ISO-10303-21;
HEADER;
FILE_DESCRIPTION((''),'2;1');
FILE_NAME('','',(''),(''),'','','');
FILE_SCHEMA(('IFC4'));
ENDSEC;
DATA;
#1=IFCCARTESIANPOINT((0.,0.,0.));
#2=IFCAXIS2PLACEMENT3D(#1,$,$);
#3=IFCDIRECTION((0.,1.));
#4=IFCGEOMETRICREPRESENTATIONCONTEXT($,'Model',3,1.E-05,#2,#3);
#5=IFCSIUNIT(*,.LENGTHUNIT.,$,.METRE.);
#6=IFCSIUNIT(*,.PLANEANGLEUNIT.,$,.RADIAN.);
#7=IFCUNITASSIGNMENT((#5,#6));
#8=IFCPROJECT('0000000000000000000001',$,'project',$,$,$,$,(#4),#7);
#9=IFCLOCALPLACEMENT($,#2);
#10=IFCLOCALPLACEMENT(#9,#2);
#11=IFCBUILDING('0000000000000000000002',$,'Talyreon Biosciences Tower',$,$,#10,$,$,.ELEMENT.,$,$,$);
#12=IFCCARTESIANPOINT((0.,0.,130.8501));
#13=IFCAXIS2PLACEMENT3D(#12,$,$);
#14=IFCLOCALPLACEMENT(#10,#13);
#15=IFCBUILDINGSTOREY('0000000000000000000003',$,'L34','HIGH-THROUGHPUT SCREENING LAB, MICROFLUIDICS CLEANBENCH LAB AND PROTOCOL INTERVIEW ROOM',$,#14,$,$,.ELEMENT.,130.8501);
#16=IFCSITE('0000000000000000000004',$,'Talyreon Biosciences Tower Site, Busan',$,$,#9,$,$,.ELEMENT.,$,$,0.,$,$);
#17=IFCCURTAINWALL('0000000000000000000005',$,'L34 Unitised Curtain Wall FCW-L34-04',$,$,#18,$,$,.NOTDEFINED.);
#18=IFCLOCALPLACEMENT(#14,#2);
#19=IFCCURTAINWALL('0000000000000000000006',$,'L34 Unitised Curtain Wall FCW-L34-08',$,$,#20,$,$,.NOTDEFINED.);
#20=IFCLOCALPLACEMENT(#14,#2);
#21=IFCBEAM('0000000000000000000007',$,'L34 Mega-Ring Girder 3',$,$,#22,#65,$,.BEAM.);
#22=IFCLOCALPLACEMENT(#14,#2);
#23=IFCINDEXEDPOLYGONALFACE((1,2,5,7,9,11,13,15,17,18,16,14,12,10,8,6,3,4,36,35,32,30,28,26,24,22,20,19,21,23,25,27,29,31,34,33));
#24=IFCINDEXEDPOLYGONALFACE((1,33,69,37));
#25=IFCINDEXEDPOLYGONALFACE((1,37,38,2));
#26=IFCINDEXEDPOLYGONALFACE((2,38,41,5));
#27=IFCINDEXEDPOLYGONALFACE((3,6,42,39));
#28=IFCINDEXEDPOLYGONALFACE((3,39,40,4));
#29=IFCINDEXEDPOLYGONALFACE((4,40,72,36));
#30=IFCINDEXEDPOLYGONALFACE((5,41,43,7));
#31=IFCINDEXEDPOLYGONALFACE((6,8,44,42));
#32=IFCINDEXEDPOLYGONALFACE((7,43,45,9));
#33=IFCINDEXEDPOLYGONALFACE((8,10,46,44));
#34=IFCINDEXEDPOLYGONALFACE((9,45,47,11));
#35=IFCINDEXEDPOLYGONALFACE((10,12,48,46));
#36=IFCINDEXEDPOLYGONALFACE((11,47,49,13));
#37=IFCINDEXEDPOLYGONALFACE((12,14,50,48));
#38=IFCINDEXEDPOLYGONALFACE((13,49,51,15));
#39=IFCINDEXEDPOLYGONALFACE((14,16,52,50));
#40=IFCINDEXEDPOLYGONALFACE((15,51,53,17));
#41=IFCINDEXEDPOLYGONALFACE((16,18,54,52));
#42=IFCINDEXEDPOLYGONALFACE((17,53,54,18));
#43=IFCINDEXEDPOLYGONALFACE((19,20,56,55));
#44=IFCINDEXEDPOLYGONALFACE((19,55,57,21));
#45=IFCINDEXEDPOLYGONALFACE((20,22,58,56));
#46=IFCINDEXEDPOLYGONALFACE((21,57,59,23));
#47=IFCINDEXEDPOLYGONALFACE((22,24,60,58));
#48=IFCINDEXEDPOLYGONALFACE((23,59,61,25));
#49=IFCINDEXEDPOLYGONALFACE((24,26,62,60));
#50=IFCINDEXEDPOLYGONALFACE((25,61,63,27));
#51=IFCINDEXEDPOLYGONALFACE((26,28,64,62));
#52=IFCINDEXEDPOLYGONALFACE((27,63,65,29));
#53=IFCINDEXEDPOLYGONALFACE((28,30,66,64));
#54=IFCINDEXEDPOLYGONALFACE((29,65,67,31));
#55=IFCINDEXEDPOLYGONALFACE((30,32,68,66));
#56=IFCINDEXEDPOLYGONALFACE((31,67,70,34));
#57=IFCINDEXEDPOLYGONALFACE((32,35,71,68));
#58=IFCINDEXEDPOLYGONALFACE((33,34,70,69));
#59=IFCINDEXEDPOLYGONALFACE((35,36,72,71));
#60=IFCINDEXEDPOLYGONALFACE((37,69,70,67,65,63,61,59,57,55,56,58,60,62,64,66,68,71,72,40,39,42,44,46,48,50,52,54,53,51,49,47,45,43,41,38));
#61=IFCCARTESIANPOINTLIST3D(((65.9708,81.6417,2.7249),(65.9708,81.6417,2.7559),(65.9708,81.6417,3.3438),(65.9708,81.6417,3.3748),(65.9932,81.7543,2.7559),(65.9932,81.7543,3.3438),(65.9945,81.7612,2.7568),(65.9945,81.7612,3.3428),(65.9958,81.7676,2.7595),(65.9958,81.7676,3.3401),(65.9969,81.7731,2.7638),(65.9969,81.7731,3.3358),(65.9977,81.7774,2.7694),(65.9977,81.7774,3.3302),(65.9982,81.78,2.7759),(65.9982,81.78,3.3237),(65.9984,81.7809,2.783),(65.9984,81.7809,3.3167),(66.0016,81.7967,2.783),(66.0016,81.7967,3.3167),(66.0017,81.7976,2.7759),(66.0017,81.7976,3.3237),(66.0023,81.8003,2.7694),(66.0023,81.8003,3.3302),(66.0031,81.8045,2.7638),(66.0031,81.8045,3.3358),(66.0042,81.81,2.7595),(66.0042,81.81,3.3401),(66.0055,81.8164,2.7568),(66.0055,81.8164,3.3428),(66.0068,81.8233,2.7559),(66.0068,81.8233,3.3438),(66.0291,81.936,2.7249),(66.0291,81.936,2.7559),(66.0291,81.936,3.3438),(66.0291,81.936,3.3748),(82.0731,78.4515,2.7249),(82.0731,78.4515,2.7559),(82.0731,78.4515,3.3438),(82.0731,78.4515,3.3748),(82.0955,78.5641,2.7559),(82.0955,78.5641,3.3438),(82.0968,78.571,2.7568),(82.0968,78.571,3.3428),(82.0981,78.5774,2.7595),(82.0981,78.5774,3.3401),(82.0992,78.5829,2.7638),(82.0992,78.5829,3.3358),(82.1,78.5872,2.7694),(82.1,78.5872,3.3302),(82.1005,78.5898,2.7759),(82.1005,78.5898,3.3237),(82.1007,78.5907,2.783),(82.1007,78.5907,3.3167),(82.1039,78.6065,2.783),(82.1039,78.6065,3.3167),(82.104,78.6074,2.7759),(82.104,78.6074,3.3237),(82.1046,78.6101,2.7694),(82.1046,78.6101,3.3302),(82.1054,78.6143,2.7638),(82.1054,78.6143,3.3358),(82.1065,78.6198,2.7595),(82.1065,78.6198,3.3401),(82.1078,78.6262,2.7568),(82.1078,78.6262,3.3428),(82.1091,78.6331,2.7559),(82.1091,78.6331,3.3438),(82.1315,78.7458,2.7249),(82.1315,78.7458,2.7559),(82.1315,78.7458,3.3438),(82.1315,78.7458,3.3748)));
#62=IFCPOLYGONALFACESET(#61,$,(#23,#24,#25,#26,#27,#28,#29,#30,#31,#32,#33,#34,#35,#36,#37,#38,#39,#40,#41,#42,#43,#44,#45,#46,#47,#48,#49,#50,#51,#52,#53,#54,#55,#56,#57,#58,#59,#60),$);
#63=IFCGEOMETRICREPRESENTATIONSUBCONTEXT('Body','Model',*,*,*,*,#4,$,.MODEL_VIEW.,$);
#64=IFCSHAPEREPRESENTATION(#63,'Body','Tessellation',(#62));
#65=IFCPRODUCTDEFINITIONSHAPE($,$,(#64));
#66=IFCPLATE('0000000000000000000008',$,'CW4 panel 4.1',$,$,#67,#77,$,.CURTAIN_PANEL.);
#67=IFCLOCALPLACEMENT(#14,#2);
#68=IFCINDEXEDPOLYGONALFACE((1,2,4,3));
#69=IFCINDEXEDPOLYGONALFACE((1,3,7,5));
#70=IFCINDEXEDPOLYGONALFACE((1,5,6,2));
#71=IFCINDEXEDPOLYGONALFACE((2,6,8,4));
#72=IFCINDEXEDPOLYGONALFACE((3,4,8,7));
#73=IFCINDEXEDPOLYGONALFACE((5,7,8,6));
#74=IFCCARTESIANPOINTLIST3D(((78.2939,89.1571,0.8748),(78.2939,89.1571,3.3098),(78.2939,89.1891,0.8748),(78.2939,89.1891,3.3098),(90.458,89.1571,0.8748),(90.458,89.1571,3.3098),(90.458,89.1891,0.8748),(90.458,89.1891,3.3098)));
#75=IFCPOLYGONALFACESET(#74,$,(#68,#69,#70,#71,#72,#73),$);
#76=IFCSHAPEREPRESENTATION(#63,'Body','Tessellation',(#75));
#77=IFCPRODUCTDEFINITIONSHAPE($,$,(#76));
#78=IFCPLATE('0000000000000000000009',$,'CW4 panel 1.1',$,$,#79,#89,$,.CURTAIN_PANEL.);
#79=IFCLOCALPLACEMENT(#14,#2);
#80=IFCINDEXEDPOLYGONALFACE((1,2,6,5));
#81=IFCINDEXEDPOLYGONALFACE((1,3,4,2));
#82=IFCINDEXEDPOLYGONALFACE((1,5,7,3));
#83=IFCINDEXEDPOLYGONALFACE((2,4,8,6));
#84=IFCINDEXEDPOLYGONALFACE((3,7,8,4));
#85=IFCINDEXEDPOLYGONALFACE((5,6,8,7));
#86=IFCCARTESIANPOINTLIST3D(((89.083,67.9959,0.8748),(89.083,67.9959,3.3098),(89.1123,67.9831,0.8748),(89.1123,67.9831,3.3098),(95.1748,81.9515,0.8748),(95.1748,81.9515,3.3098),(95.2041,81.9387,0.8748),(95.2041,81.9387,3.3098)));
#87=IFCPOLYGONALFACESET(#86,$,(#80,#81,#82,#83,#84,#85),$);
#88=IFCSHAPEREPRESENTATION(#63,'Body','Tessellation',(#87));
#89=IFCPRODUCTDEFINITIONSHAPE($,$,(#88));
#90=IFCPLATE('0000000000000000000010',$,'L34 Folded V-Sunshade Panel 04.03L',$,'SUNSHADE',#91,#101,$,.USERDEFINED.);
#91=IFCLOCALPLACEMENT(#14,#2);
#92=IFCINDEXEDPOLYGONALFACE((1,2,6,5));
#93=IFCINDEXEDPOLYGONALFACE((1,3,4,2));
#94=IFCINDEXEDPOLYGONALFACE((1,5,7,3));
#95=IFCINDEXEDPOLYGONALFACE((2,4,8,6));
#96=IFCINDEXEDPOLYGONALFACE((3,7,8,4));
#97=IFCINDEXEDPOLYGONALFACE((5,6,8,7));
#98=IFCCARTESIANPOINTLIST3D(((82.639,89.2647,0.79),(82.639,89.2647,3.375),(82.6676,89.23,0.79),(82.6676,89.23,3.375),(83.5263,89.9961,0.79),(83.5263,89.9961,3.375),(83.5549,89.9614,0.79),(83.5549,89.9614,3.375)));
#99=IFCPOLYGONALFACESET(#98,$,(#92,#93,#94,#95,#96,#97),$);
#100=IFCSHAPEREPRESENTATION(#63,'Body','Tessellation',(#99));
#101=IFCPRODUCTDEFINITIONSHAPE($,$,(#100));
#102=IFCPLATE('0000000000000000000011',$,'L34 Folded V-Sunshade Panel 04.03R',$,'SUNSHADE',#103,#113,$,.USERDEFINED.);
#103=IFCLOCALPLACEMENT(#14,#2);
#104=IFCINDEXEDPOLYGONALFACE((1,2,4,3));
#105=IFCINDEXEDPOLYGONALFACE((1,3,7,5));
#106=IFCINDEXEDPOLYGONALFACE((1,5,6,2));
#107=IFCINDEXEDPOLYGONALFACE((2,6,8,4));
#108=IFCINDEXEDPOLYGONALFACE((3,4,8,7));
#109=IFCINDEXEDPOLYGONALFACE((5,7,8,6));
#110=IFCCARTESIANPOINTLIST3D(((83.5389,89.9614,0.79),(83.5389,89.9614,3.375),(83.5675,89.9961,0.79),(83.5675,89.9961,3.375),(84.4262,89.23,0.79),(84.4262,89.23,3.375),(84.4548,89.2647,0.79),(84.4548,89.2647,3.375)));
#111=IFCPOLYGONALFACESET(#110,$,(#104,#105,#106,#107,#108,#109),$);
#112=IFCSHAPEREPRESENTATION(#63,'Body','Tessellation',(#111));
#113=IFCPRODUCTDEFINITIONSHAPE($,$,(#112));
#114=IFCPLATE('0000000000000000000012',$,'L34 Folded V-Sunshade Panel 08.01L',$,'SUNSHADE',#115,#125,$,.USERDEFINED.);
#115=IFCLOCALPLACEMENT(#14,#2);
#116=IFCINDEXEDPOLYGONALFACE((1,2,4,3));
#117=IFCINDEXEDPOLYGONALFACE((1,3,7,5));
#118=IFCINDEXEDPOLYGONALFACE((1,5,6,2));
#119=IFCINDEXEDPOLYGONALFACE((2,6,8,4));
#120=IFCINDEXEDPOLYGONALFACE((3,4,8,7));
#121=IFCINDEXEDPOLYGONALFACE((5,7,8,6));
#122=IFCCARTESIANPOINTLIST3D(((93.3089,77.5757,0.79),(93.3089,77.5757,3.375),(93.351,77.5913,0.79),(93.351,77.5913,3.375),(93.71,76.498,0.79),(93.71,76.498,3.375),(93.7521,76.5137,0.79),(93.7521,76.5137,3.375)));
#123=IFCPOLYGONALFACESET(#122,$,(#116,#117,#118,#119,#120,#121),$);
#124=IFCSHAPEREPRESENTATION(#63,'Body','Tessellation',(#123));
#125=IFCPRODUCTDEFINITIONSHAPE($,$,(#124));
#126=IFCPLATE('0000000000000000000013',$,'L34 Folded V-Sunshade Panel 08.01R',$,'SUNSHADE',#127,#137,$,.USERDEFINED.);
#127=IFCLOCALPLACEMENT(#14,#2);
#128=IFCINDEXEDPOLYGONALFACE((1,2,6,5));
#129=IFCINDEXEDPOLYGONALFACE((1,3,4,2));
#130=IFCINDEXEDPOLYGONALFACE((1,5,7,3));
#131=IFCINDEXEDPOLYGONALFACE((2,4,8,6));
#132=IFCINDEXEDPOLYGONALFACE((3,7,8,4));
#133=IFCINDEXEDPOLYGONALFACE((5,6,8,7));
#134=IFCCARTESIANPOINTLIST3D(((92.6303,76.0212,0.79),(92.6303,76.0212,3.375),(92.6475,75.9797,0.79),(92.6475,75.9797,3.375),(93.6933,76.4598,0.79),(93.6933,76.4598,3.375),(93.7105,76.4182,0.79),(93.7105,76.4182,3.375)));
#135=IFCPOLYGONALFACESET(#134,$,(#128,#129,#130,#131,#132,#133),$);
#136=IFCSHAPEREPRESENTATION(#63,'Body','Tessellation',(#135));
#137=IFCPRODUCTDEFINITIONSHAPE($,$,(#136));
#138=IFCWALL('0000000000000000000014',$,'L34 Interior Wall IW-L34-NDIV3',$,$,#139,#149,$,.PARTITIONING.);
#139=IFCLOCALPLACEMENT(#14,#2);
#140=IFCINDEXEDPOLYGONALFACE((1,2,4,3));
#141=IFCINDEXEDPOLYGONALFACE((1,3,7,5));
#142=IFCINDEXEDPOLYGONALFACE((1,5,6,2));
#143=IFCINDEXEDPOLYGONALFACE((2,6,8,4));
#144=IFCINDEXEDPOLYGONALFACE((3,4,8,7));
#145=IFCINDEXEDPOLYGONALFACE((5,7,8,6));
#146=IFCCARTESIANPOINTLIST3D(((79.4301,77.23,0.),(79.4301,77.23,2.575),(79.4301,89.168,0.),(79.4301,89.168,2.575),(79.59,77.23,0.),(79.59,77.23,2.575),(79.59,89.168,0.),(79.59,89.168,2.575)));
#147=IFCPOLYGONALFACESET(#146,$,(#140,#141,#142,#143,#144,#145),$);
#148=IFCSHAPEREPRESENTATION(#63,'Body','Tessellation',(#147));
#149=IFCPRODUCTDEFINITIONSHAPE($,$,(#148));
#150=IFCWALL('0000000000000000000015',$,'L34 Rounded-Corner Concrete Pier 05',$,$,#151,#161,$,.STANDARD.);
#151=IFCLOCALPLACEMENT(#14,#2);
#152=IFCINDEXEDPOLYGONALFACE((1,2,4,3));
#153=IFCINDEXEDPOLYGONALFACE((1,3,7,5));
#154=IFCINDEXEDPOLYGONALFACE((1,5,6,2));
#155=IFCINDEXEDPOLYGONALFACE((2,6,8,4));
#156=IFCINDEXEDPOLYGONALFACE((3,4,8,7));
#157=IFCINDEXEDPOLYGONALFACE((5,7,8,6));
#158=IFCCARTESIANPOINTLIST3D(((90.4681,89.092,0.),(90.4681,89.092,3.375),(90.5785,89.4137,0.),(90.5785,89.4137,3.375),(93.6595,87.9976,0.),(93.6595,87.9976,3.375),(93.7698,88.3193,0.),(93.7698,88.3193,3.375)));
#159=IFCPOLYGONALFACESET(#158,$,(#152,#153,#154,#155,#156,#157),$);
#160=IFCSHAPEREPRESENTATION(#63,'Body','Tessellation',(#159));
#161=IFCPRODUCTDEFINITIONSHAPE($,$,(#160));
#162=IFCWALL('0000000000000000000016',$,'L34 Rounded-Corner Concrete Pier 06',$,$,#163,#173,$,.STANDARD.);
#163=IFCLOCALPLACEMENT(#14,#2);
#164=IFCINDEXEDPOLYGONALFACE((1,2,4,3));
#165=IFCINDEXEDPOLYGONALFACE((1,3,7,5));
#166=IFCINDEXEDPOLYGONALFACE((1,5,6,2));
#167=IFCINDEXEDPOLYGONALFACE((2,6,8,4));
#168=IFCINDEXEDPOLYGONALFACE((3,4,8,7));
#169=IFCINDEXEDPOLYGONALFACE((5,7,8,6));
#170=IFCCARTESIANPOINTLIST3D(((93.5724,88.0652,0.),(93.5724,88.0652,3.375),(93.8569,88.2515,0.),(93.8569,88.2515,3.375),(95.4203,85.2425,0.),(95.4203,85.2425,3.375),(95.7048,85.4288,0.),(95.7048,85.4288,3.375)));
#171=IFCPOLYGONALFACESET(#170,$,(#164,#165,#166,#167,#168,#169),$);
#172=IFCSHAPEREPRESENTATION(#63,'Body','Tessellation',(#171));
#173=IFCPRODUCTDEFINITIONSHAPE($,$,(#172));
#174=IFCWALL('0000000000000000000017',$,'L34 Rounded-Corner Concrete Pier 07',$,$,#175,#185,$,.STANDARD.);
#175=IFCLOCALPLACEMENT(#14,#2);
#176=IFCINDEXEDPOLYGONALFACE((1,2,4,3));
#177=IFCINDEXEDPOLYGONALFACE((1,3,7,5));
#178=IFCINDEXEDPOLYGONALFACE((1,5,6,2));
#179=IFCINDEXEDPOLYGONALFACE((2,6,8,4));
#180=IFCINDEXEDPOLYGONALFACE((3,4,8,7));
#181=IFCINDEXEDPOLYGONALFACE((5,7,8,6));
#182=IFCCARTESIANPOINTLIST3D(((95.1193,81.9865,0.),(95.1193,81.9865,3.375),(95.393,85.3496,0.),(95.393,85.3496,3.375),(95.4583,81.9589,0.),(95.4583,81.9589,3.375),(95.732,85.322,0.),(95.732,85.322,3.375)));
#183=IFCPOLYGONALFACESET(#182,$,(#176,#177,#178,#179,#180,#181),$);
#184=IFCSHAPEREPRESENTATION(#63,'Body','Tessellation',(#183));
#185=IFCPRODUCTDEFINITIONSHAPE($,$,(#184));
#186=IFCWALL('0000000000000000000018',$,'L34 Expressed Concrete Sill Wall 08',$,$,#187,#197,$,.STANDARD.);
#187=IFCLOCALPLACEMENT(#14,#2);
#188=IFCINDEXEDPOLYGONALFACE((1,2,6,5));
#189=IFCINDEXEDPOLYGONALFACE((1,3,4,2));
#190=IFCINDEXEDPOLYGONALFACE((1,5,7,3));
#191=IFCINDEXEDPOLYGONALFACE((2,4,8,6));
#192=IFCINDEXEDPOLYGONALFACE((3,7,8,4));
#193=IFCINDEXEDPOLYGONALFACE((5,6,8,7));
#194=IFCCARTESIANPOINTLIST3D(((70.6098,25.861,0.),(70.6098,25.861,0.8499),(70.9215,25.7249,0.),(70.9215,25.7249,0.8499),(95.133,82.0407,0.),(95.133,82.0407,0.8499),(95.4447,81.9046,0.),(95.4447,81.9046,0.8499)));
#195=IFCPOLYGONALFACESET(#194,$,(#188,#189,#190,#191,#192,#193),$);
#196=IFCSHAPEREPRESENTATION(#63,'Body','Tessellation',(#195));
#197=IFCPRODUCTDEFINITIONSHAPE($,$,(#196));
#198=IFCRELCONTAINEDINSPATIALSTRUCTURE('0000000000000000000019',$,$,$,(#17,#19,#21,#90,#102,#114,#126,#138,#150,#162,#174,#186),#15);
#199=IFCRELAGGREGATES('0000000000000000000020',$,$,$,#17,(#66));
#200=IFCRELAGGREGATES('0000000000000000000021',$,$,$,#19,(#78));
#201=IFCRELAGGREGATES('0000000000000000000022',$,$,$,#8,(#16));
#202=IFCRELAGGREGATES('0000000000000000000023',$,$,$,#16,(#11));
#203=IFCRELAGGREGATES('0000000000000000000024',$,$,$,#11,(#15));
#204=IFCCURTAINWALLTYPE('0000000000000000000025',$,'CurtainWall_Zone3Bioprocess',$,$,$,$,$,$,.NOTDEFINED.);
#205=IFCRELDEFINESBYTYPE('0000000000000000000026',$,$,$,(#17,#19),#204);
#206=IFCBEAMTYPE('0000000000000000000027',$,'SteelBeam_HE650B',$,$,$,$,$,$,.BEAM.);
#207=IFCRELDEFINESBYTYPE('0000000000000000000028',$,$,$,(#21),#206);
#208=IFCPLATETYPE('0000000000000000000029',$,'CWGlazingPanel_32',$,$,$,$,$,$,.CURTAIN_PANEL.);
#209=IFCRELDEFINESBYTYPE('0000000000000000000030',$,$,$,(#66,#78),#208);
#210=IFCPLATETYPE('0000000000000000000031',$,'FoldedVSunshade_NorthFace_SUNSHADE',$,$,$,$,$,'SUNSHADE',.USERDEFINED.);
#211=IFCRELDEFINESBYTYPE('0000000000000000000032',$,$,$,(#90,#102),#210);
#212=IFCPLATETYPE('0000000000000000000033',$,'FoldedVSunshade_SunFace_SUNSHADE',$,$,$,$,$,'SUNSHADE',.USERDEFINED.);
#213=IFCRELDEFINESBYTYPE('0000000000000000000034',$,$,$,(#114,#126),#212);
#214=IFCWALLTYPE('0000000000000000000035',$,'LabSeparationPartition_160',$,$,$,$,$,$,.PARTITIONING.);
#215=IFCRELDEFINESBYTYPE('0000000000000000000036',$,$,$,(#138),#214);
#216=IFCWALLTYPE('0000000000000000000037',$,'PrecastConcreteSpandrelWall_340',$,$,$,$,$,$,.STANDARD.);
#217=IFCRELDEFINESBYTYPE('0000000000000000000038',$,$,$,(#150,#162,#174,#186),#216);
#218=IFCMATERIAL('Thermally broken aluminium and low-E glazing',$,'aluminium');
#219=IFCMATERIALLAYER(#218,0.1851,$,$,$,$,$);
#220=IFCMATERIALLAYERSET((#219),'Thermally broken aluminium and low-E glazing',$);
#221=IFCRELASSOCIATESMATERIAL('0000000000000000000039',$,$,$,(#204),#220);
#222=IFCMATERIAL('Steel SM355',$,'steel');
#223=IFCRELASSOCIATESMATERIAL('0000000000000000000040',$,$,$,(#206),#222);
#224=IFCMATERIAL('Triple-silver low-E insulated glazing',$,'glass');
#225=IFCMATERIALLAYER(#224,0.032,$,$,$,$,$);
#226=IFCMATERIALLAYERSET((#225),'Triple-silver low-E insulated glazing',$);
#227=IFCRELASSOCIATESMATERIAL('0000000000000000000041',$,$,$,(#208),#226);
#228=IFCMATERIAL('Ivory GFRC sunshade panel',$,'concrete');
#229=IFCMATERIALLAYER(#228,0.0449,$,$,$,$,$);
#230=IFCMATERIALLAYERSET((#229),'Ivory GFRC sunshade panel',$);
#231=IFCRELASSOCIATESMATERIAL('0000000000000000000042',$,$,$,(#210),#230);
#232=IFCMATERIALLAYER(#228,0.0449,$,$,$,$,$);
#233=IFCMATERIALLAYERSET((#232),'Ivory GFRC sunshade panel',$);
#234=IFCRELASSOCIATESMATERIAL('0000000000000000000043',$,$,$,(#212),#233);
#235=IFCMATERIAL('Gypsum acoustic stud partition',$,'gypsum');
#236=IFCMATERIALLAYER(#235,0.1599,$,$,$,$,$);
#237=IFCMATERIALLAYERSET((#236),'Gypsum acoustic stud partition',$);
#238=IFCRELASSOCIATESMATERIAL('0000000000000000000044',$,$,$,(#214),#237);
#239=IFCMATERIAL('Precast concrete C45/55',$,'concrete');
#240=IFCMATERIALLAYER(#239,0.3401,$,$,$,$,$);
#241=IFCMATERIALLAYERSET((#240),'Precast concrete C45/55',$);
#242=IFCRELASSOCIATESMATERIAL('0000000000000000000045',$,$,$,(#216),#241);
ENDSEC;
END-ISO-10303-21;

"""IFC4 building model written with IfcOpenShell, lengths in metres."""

from ifc_helpers import new_model, si_unit, direction, frame, frame_2d, origin, origin_2d, place, context, subcontext, project, spatial, rectangle, i_section, extrude, material, layer, layer_set, material_profile, profile_set, type_object, element, aggregate, save


model = new_model("IFC4")

# Units and contexts
model_context = context("Model", 3, precision=1e-05, world=origin(), true_north=direction((0.0, 1.0)))
body_context = subcontext(model_context, "Body", "Model", "MODEL_VIEW")
ifc_project = project(units=[si_unit("LENGTHUNIT", "METRE"), si_unit("PLANEANGLEUNIT", "RADIAN")], contexts=[model_context])

# Site, building, storey
site_placement = place(None, origin())
site = spatial("IfcSite", under=ifc_project, at=site_placement, Name="Talyreon Biosciences Tower Site, Busan", CompositionType="ELEMENT", RefElevation=0.0)
building_placement = place(site_placement, origin())
building = spatial("IfcBuilding", under=site, at=building_placement, Name="Talyreon Biosciences Tower", CompositionType="ELEMENT")
storey_placement = place(building_placement, frame((0.0, 0.0, 130.8501)))
storey = spatial("IfcBuildingStorey", under=building, at=storey_placement, Name="L34", Description="HIGH-THROUGHPUT SCREENING LAB, MICROFLUIDICS CLEANBENCH LAB AND PROTOCOL INTERVIEW ROOM", CompositionType="ELEMENT", Elevation=130.8501)

# Curtain wall
ifc_material_1 = material(Name="Thermally broken aluminium and low-E glazing", Category="aluminium")
ifc_layer_1 = layer(ifc_material_1, 0.1851)
ifc_layer_set_1 = layer_set([ifc_layer_1], Name="Thermally broken aluminium and low-E glazing")
curtain_wall_type = type_object("IfcCurtainWallType", Name="CurtainWall_Zone3Bioprocess", PredefinedType="NOTDEFINED", material=ifc_layer_set_1)
curtain_wall_1_placement = place(storey_placement, origin())
curtain_wall_1 = element("IfcCurtainWall", 1, at=curtain_wall_1_placement, inside=storey, type_object=curtain_wall_type, Name="L34 Unitised Curtain Wall FCW-L34-04", PredefinedType="NOTDEFINED")

# Curtain wall
curtain_wall_2_placement = place(storey_placement, origin())
curtain_wall_2 = element("IfcCurtainWall", 2, at=curtain_wall_2_placement, inside=storey, type_object=curtain_wall_type, Name="L34 Unitised Curtain Wall FCW-L34-08", PredefinedType="NOTDEFINED")

# Beam
ifc_material_2 = material(Name="Precast concrete C45/55", Category="concrete")
ifc_material_3 = material(Name="Steel SM355", Category="steel")
ifc_material_profile_1 = material_profile(ifc_material_3, i_section(OverallWidth=0.3, OverallDepth=0.6499, WebThickness=0.0161, FlangeThickness=0.031, FilletRadius=0.0271, at=origin_2d()), Name="HE650B")
ifc_profile_set_1 = profile_set([ifc_material_profile_1], Name="Steel SM355")
beam_type_1 = type_object("IfcBeamType", Name="SteelBeam_HE650B", PredefinedType="BEAM", material=ifc_profile_set_1)
beam_1_placement = place(storey_placement, frame((82.1023, 78.5986, 3.0498), z_axis=(-0.980934, 0.194343, 0.0), x_axis=(-0.194343, -0.980934, 0.0)))
element("IfcBeam", 3, at=beam_1_placement, inside=storey, type_object=beam_type_1, Name="L34 Mega-Ring Girder 3", PredefinedType="BEAM", context=body_context, shape_type="SweptSolid", body=[
    extrude(i_section(OverallWidth=0.3, OverallDepth=0.6499, WebThickness=0.0161, FlangeThickness=0.031, FilletRadius=0.0271, at=origin_2d()), origin(), (0.0, 0.0, 1.0), 16.4153),
])

# Plates
ifc_material_4 = material(Name="Triple-silver low-E insulated glazing", Category="glass")
ifc_layer_2 = layer(ifc_material_4, 0.032)
ifc_layer_set_2 = layer_set([ifc_layer_2], Name="Triple-silver low-E insulated glazing")
plate_type_1 = type_object("IfcPlateType", Name="CWGlazingPanel_32", PredefinedType="CURTAIN_PANEL", material=ifc_layer_set_2)
plate_1_placement = place(storey_placement, frame((84.376, 89.1731, 0.8748), z_axis=(0.0, 0.0, 1.0), x_axis=(1.0, 0.0, 0.0)))
plate_1 = element("IfcPlate", 4, at=plate_1_placement, type_object=plate_type_1, Name="CW4 panel 4.1", PredefinedType="CURTAIN_PANEL", context=body_context, shape_type="SweptSolid", body=[
    extrude(rectangle(XDim=12.1641, YDim=0.032, at=origin_2d()), origin(), (0.0, 0.0, 1.0), 2.4351),
])
aggregate(curtain_wall_1, [plate_1])
plate_2_placement = place(storey_placement, frame((92.1436, 74.9673, 0.8748), z_axis=(0.0, 0.0, 1.0), x_axis=(-0.400058, -0.91649, 0.0)))
plate_2 = element("IfcPlate", 5, at=plate_2_placement, type_object=plate_type_1, Name="CW4 panel 1.1", PredefinedType="CURTAIN_PANEL", context=body_context, shape_type="SweptSolid", body=[
    extrude(rectangle(XDim=15.2273, YDim=0.032, at=origin_2d()), origin(), (0.0, 0.0, 1.0), 2.4351),
])
aggregate(curtain_wall_2, [plate_2])

# Plates
ifc_material_5 = material(Name="Ivory GFRC sunshade panel", Category="concrete")
ifc_layer_3 = layer(ifc_material_5, 0.0449)
ifc_layer_set_3 = layer_set([ifc_layer_3], Name="Ivory GFRC sunshade panel")
plate_type_2 = type_object("IfcPlateType", Name="FoldedVSunshade_NorthFace_SUNSHADE", ElementType="SUNSHADE", PredefinedType="USERDEFINED", material=ifc_layer_set_3)
for number, where, z_axis, x_axis, name in (
    (6, (83.0969, 89.613, 0.79), (0.0, 0.0, 1.0), (0.771625, 0.636078, 0.0), "L34 Folded V-Sunshade Panel 04.03L"),
    (7, (83.9968, 89.613, 0.79), (0.0, 0.0, 1.0), (0.771625, -0.636078, 0.0), "L34 Folded V-Sunshade Panel 04.03R"),
):
    element("IfcPlate", number, at=place(storey_placement, frame(where, z_axis=z_axis, x_axis=x_axis)), inside=storey, type_object=plate_type_2, Name=name, ObjectType="SUNSHADE", PredefinedType="USERDEFINED", context=body_context, shape_type="SweptSolid", body=[
        extrude(rectangle(XDim=1.1499, YDim=0.0449, at=origin_2d()), origin(), (0.0, 0.0, 1.0), 2.585),
    ])
ifc_layer_4 = layer(ifc_material_5, 0.0449)
ifc_layer_set_4 = layer_set([ifc_layer_4], Name="Ivory GFRC sunshade panel")
plate_type_3 = type_object("IfcPlateType", Name="FoldedVSunshade_SunFace_SUNSHADE", ElementType="SUNSHADE", PredefinedType="USERDEFINED", material=ifc_layer_set_4)
for number, where, z_axis, x_axis, name in (
    (8, (93.5305, 77.0447, 0.79), (0.0, 0.0, 1.0), (0.348866, -0.937172, 0.0), "L34 Folded V-Sunshade Panel 08.01L"),
    (9, (93.1704, 76.2197, 0.79), (0.0, 0.0, 1.0), (-0.924426, -0.381361, 0.0), "L34 Folded V-Sunshade Panel 08.01R"),
):
    element("IfcPlate", number, at=place(storey_placement, frame(where, z_axis=z_axis, x_axis=x_axis)), inside=storey, type_object=plate_type_3, Name=name, ObjectType="SUNSHADE", PredefinedType="USERDEFINED", context=body_context, shape_type="SweptSolid", body=[
        extrude(rectangle(XDim=1.1499, YDim=0.0449, at=origin_2d()), origin(), (0.0, 0.0, 1.0), 2.585),
    ])

# Walls
ifc_material_6 = material(Name="Gypsum acoustic stud partition", Category="gypsum")
ifc_layer_5 = layer(ifc_material_6, 0.1599)
ifc_layer_set_5 = layer_set([ifc_layer_5], Name="Gypsum acoustic stud partition")
wall_type_1 = type_object("IfcWallType", Name="LabSeparationPartition_160", PredefinedType="PARTITIONING", material=ifc_layer_set_5)
wall_1_placement = place(storey_placement, frame((79.51, 77.23, 0.0), z_axis=(0.0, 0.0, 1.0), x_axis=(0.0, 1.0, 0.0)))
element("IfcWall", 10, at=wall_1_placement, inside=storey, type_object=wall_type_1, Name="L34 Interior Wall IW-L34-NDIV3", PredefinedType="PARTITIONING", context=body_context, shape_type="SweptSolid", body=[
    extrude(rectangle(XDim=11.938, YDim=0.1599, at=frame_2d((5.969, 0.0))), origin(), (0.0, 0.0, 1.0), 2.575),
])
ifc_layer_6 = layer(ifc_material_2, 0.3401)
ifc_layer_set_6 = layer_set([ifc_layer_6], Name="Precast concrete C45/55")
wall_type_2 = type_object("IfcWallType", Name="PrecastConcreteSpandrelWall_340", PredefinedType="STANDARD", material=ifc_layer_set_6)
for number, where, z_axis, x_axis, name in (
    (11, (90.5232, 89.2529, 0.0), (0.0, 0.0, 1.0), (0.94592, -0.3244, 0.0), "L34 Rounded-Corner Concrete Pier 05"),
    (12, (93.7146, 88.1584, 0.0), (0.0, 0.0, 1.0), (0.547717, -0.836664, 0.0), "L34 Rounded-Corner Concrete Pier 06"),
):
    element("IfcWall", number, at=place(storey_placement, frame(where, z_axis=z_axis, x_axis=x_axis)), inside=storey, type_object=wall_type_2, Name=name, PredefinedType="STANDARD", context=body_context, shape_type="SweptSolid", body=[
        extrude(rectangle(XDim=3.3738, YDim=0.3401, at=frame_2d((1.687, 0.0))), origin(), (0.0, 0.0, 1.0), 3.375),
    ])
wall_2_placement = place(storey_placement, frame((95.5625, 85.3357, 0.0), z_axis=(0.0, 0.0, 1.0), x_axis=(-0.081111, -0.996705, 0.0)))
element("IfcWall", 13, at=wall_2_placement, inside=storey, type_object=wall_type_2, Name="L34 Rounded-Corner Concrete Pier 07", PredefinedType="STANDARD", context=body_context, shape_type="SweptSolid", body=[
    extrude(rectangle(XDim=3.3743, YDim=0.3401, at=frame_2d((1.687, 0.0))), origin(), (0.0, 0.0, 1.0), 3.375),
])
wall_3_placement = place(storey_placement, frame((95.2888, 81.9727, 0.0), z_axis=(0.0, 0.0, 1.0), x_axis=(-0.40006, -0.916489, 0.0)))
element("IfcWall", 14, at=wall_3_placement, inside=storey, type_object=wall_type_2, Name="L34 Expressed Concrete Sill Wall 08", PredefinedType="STANDARD", context=body_context, shape_type="SweptSolid", body=[
    extrude(rectangle(XDim=61.2988, YDim=0.3401, at=frame_2d((30.6494, 0.0))), origin(), (0.0, 0.0, 1.0), 0.8499),
])

save(model, "model.ifc")
